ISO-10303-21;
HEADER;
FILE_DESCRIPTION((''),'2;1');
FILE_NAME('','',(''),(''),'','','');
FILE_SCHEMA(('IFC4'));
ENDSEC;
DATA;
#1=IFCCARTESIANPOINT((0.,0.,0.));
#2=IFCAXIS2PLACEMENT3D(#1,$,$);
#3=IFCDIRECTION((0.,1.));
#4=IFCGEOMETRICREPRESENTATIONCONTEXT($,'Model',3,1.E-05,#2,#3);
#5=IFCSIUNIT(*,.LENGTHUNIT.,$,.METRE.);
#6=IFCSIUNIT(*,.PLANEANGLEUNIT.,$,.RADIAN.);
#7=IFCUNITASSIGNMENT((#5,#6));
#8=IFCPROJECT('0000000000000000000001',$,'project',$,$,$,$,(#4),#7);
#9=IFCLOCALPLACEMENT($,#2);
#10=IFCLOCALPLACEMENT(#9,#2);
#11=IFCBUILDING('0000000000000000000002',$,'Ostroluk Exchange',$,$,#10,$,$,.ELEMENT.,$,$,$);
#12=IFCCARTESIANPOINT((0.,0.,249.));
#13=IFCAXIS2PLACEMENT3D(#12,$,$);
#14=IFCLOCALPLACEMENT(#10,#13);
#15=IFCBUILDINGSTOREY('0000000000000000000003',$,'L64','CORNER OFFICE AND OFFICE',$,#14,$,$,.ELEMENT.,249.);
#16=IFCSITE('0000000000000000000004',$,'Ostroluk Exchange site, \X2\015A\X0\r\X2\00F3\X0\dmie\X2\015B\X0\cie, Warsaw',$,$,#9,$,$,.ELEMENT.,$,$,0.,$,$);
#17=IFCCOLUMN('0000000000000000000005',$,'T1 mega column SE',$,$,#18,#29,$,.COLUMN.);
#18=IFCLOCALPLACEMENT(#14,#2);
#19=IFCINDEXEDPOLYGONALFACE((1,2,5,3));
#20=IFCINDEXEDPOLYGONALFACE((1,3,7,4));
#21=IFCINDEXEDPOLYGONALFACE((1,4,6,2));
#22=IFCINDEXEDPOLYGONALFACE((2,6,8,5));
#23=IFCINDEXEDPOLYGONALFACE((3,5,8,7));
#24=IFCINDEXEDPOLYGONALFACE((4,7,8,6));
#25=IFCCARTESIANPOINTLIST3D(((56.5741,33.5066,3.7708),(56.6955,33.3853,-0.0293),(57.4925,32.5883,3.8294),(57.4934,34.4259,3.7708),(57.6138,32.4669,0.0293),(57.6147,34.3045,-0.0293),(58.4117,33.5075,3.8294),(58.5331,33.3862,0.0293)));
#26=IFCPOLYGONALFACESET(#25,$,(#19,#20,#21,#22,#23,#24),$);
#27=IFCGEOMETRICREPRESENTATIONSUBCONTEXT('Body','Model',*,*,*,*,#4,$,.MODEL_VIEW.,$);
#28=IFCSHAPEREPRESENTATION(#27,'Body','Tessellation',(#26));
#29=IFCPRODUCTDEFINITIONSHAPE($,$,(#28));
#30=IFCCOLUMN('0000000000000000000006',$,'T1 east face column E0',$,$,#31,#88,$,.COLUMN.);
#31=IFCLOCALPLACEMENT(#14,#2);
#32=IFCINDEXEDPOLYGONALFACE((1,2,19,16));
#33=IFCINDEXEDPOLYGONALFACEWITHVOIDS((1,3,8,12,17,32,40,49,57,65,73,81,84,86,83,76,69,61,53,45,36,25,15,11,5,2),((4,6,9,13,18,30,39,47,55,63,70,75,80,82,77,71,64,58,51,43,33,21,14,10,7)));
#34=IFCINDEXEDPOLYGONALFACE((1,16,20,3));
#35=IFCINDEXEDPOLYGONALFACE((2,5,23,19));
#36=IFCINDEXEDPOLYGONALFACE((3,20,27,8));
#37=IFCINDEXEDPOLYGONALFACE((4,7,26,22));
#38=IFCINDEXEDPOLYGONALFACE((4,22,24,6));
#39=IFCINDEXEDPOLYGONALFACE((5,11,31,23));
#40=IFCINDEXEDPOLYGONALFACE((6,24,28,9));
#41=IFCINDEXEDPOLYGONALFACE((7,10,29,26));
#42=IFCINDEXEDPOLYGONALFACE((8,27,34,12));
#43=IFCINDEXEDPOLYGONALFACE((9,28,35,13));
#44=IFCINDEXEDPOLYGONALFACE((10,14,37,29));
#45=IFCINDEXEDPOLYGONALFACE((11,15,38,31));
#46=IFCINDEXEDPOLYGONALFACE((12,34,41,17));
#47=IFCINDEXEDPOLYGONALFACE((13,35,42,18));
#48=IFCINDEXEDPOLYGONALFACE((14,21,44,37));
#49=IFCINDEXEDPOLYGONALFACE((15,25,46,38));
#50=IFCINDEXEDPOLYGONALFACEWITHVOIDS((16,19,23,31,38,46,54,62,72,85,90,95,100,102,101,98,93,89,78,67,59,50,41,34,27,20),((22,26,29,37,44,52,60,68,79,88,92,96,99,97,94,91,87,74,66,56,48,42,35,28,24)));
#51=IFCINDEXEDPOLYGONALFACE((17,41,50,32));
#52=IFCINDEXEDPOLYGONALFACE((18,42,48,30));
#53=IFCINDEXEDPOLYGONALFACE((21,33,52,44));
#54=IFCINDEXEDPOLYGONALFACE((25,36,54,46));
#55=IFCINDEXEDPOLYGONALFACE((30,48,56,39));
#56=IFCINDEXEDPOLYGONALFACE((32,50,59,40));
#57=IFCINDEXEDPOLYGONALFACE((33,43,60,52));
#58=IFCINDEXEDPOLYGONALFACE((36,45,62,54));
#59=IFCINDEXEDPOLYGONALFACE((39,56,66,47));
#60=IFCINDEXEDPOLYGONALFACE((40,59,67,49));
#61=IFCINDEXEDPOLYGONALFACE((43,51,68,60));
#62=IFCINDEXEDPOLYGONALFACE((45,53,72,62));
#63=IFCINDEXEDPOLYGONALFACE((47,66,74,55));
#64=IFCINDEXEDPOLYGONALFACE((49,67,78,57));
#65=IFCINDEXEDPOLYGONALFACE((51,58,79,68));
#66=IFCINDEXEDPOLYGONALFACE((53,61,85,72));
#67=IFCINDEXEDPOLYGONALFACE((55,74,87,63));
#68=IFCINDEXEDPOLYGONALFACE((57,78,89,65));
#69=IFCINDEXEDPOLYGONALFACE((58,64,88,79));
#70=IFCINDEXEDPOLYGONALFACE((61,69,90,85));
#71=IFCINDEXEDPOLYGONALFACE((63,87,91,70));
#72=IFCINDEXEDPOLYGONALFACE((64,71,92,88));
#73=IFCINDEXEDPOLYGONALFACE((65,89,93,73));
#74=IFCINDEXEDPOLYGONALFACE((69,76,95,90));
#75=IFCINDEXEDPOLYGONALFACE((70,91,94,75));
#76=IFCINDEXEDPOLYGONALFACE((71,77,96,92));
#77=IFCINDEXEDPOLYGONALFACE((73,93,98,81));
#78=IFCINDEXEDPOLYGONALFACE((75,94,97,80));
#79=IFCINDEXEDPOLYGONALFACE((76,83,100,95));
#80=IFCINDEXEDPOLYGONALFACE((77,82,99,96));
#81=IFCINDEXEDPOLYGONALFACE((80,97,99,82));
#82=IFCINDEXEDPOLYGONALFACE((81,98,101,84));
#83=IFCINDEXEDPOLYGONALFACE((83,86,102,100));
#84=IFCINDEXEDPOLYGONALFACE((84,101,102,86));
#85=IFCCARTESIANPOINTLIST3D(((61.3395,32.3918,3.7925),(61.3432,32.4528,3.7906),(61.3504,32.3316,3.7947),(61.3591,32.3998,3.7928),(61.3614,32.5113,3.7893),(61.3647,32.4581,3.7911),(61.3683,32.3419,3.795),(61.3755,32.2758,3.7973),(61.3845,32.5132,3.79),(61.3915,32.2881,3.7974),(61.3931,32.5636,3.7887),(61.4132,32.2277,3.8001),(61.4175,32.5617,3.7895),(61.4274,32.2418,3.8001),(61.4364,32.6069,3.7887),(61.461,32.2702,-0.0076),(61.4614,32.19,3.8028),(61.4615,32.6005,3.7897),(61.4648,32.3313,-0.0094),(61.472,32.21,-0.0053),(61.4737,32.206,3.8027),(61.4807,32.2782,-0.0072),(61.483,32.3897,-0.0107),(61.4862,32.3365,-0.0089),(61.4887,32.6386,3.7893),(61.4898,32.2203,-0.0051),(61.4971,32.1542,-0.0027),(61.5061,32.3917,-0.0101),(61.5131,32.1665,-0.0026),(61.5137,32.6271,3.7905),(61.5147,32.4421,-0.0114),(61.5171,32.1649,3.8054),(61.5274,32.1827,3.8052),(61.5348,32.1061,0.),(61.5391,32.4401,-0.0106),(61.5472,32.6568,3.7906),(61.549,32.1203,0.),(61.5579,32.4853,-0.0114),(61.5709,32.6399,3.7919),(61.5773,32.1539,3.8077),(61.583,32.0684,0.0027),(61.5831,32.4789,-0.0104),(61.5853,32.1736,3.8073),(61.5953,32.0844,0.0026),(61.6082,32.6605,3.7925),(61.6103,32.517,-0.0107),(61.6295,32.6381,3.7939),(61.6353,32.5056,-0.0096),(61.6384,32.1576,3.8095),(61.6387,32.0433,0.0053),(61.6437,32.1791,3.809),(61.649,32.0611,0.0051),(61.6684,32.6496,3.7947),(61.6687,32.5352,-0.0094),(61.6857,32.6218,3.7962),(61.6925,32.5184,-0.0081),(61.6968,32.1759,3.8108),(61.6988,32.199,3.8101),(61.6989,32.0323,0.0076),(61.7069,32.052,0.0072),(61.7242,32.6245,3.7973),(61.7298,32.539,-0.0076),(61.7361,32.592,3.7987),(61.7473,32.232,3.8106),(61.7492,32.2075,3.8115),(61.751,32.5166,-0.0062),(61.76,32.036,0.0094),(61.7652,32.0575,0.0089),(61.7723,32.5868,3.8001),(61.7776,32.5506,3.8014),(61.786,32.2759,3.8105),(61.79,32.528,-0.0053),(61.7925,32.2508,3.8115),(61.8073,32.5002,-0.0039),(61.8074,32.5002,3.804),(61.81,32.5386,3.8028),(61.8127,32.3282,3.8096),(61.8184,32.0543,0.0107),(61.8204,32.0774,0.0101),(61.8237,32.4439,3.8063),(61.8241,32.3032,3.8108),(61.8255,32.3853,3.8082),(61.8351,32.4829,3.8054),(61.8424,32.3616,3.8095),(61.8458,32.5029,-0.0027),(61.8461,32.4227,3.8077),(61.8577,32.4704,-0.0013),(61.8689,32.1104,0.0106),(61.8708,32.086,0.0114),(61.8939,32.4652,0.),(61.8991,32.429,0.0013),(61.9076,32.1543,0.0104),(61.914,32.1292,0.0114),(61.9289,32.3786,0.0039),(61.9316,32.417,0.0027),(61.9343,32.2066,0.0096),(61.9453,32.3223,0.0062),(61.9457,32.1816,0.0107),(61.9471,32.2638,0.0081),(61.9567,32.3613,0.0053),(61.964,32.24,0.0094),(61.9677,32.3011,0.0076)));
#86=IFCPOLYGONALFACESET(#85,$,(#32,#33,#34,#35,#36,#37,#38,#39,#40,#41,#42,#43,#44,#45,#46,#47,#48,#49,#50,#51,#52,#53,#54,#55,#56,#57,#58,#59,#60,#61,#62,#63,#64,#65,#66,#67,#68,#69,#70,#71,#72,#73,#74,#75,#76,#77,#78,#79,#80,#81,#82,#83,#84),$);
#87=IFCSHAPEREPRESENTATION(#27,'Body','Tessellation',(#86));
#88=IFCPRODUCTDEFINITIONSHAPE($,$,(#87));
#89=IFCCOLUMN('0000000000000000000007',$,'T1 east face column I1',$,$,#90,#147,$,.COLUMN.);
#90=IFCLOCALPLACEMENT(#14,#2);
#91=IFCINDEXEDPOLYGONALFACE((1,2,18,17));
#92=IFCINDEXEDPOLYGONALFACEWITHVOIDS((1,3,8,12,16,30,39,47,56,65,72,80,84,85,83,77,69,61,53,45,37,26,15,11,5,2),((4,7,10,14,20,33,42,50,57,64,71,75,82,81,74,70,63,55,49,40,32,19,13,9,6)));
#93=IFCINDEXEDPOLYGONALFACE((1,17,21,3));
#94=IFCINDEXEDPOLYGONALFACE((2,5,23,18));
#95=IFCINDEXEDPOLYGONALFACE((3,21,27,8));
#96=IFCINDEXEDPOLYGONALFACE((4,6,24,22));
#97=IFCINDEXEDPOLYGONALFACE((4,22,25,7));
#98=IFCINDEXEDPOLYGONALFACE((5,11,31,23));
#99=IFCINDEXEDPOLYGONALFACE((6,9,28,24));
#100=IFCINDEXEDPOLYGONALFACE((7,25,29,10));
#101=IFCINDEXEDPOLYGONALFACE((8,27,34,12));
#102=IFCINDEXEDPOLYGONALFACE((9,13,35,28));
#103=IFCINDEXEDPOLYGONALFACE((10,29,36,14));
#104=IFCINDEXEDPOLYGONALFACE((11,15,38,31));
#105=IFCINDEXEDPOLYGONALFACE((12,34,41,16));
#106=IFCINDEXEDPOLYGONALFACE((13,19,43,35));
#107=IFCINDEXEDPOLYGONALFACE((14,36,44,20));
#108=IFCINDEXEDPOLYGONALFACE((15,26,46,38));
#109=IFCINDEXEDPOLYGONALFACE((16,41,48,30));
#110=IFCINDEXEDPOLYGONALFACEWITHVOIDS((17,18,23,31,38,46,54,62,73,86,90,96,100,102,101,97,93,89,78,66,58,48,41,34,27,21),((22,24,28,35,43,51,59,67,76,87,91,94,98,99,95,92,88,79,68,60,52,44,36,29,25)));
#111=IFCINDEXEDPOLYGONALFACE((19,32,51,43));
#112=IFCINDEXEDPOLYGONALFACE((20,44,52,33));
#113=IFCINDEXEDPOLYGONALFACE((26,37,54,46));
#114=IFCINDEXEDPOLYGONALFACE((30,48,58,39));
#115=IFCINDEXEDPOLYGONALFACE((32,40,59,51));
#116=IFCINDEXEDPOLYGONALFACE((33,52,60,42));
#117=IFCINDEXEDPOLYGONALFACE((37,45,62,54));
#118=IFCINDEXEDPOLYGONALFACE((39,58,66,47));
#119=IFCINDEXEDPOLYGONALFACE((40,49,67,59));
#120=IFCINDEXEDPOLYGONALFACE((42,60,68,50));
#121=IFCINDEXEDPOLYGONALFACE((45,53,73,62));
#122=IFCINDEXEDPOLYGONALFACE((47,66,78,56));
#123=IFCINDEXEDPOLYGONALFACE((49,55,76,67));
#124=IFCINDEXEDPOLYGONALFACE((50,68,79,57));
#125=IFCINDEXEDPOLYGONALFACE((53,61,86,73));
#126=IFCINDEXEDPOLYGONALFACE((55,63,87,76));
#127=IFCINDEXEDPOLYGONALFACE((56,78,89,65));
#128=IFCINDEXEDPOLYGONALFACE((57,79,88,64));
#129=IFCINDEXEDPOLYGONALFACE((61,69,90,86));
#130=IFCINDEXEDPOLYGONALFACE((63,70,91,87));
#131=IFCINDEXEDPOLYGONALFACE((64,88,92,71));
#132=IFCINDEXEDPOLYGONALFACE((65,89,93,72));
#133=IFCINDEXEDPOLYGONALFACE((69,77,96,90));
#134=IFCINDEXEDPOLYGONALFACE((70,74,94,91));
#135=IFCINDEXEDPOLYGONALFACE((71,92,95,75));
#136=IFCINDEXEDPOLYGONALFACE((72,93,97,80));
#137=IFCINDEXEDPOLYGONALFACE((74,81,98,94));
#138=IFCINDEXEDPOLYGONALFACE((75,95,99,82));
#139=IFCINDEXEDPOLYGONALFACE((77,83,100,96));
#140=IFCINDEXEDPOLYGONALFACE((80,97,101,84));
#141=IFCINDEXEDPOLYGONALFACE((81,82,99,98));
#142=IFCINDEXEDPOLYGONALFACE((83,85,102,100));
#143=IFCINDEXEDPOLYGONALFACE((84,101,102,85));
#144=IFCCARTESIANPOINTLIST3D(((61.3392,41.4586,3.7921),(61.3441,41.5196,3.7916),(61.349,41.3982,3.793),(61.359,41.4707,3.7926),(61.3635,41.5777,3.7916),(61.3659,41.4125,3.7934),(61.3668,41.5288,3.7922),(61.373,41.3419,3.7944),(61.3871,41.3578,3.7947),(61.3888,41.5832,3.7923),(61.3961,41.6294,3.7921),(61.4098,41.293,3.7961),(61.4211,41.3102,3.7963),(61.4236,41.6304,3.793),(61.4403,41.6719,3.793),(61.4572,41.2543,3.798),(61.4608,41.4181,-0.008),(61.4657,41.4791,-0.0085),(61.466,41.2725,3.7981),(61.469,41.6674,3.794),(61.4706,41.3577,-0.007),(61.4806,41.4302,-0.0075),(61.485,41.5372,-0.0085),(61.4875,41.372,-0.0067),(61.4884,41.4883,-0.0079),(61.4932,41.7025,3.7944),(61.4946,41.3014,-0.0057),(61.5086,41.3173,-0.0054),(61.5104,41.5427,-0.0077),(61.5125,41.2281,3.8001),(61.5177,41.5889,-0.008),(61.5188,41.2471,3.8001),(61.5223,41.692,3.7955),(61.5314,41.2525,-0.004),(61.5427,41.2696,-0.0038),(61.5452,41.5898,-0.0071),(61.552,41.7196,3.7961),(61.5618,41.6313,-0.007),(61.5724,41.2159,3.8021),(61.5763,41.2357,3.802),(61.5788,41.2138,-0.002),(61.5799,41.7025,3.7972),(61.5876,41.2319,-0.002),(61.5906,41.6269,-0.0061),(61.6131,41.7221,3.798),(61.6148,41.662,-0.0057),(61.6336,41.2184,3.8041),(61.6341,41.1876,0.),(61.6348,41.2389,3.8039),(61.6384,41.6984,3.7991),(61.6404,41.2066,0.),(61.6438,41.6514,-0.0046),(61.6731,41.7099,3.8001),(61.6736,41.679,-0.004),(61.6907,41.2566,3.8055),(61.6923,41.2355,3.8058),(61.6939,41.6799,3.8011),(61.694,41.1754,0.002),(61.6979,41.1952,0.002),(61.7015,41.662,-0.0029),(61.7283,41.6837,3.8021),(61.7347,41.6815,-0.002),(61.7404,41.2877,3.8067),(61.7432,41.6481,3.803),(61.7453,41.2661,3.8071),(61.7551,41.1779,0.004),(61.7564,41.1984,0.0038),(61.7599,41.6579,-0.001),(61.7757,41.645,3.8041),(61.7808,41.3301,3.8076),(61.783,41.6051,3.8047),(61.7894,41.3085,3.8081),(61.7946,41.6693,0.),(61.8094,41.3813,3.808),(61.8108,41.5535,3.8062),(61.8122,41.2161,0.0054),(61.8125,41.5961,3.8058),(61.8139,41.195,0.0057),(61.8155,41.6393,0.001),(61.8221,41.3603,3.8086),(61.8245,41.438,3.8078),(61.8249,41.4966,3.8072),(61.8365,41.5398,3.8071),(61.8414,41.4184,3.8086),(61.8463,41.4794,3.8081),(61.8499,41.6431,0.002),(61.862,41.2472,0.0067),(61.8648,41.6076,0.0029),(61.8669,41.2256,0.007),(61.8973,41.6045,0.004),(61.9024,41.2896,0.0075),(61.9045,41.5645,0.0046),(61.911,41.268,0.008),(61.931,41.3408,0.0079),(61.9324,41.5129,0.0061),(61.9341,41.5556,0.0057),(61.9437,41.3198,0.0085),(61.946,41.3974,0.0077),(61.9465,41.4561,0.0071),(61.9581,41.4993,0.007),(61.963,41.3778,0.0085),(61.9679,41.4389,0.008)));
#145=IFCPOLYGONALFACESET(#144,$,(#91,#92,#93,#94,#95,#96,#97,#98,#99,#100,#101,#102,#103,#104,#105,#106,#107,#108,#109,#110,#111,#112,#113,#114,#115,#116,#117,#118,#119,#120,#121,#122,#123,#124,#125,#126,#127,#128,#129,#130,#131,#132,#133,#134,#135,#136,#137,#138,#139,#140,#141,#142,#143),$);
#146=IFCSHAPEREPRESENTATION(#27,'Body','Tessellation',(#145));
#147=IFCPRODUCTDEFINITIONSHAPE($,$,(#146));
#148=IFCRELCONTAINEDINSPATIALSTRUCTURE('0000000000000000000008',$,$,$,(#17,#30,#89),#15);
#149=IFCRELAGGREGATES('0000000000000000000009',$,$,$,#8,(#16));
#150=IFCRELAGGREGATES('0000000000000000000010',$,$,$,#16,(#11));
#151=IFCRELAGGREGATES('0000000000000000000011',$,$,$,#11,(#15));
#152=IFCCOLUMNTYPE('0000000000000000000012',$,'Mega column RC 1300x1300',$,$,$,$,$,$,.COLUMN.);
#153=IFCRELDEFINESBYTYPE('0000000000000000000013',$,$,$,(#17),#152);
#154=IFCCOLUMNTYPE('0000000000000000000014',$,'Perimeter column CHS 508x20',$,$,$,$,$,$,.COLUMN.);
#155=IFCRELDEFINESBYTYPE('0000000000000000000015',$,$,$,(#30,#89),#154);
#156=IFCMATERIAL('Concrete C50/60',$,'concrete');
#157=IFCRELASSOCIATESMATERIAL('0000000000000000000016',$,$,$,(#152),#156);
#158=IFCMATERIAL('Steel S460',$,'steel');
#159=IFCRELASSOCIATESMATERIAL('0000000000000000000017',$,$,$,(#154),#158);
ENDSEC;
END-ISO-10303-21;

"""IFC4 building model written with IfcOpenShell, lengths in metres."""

from ifc_helpers import new_model, si_unit, direction, frame, origin, origin_2d, place, context, subcontext, project, spatial, rectangle, hollow_circle, extrude, material, material_profile, profile_set, type_object, element, save


model = new_model("IFC4")

# Units and contexts
model_context = context("Model", 3, precision=1e-05, world=origin(), true_north=direction((0.0, 1.0)))
body_context = subcontext(model_context, "Body", "Model", "MODEL_VIEW")
ifc_project = project(units=[si_unit("LENGTHUNIT", "METRE"), si_unit("PLANEANGLEUNIT", "RADIAN")], contexts=[model_context])

# Site, building, storey
site_placement = place(None, origin())
site = spatial("IfcSite", under=ifc_project, at=site_placement, Name="Ostroluk Exchange site, Śródmieście, Warsaw", CompositionType="ELEMENT", RefElevation=0.0)
building_placement = place(site_placement, origin())
building = spatial("IfcBuilding", under=site, at=building_placement, Name="Ostroluk Exchange", CompositionType="ELEMENT")
storey_placement = place(building_placement, frame((0.0, 0.0, 249.0)))
storey = spatial("IfcBuildingStorey", under=building, at=storey_placement, Name="L64", Description="CORNER OFFICE AND OFFICE", CompositionType="ELEMENT", Elevation=249.0)

# Columns
ifc_material_1 = material(Name="Concrete C50/60", Category="concrete")
ifc_material_profile_1 = material_profile(ifc_material_1, rectangle(XDim=1.3, YDim=1.3, at=origin_2d()), Name="RC 1300x1300")
ifc_profile_set_1 = profile_set([ifc_material_profile_1], Name="Concrete C50/60")
column_type_1 = type_object("IfcColumnType", Name="Mega column RC 1300x1300", PredefinedType="COLUMN", material=ifc_profile_set_1)
column_1_placement = place(storey_placement, frame((57.6143, 33.3857, 0.0), z_axis=(-0.031898, 0.031898, 0.998982), x_axis=(-0.707107, -0.707107, 0.0)))
element("IfcColumn", 1, at=column_1_placement, inside=storey, type_object=column_type_1, Name="T1 mega column SE", PredefinedType="COLUMN", context=body_context, shape_type="SweptSolid", body=[
    extrude(rectangle(XDim=1.3, YDim=1.3, at=origin_2d()), origin(), (0.0, 0.0, 1.0), 3.804),
])
ifc_material_2 = material(Name="Steel S460", Category="steel")
ifc_material_profile_2 = material_profile(ifc_material_2, hollow_circle(Radius=0.2539, WallThickness=0.02, at=origin_2d()), Name="CHS 508x20")
ifc_profile_set_2 = profile_set([ifc_material_profile_2], Name="Steel S460")
column_type_2 = type_object("IfcColumnType", Name="Perimeter column CHS 508x20", PredefinedType="COLUMN", material=ifc_profile_set_2)
column_2_placement = place(storey_placement, frame((61.7144, 32.2856, 0.0), z_axis=(-0.031962, 0.031962, 0.998978), x_axis=(-0.707107, -0.707107, 0.0)))
element("IfcColumn", 2, at=column_2_placement, inside=storey, type_object=column_type_2, Name="T1 east face column E0", PredefinedType="COLUMN", context=body_context, shape_type="SweptSolid", body=[
    extrude(hollow_circle(Radius=0.2539, WallThickness=0.02, at=origin_2d()), origin(), (0.0, 0.0, 1.0), 3.804),
])
column_3_placement = place(storey_placement, frame((61.7144, 41.4285, 0.0), z_axis=(-0.031977, 0.010659, 0.999432), x_axis=(-0.316228, -0.948683, 0.0)))
element("IfcColumn", 3, at=column_3_placement, inside=storey, type_object=column_type_2, Name="T1 east face column I1", PredefinedType="COLUMN", context=body_context, shape_type="SweptSolid", body=[
    extrude(hollow_circle(Radius=0.2539, WallThickness=0.02, at=origin_2d()), origin(), (0.0, 0.0, 1.0), 3.8022),
])

save(model, "model.ifc")
